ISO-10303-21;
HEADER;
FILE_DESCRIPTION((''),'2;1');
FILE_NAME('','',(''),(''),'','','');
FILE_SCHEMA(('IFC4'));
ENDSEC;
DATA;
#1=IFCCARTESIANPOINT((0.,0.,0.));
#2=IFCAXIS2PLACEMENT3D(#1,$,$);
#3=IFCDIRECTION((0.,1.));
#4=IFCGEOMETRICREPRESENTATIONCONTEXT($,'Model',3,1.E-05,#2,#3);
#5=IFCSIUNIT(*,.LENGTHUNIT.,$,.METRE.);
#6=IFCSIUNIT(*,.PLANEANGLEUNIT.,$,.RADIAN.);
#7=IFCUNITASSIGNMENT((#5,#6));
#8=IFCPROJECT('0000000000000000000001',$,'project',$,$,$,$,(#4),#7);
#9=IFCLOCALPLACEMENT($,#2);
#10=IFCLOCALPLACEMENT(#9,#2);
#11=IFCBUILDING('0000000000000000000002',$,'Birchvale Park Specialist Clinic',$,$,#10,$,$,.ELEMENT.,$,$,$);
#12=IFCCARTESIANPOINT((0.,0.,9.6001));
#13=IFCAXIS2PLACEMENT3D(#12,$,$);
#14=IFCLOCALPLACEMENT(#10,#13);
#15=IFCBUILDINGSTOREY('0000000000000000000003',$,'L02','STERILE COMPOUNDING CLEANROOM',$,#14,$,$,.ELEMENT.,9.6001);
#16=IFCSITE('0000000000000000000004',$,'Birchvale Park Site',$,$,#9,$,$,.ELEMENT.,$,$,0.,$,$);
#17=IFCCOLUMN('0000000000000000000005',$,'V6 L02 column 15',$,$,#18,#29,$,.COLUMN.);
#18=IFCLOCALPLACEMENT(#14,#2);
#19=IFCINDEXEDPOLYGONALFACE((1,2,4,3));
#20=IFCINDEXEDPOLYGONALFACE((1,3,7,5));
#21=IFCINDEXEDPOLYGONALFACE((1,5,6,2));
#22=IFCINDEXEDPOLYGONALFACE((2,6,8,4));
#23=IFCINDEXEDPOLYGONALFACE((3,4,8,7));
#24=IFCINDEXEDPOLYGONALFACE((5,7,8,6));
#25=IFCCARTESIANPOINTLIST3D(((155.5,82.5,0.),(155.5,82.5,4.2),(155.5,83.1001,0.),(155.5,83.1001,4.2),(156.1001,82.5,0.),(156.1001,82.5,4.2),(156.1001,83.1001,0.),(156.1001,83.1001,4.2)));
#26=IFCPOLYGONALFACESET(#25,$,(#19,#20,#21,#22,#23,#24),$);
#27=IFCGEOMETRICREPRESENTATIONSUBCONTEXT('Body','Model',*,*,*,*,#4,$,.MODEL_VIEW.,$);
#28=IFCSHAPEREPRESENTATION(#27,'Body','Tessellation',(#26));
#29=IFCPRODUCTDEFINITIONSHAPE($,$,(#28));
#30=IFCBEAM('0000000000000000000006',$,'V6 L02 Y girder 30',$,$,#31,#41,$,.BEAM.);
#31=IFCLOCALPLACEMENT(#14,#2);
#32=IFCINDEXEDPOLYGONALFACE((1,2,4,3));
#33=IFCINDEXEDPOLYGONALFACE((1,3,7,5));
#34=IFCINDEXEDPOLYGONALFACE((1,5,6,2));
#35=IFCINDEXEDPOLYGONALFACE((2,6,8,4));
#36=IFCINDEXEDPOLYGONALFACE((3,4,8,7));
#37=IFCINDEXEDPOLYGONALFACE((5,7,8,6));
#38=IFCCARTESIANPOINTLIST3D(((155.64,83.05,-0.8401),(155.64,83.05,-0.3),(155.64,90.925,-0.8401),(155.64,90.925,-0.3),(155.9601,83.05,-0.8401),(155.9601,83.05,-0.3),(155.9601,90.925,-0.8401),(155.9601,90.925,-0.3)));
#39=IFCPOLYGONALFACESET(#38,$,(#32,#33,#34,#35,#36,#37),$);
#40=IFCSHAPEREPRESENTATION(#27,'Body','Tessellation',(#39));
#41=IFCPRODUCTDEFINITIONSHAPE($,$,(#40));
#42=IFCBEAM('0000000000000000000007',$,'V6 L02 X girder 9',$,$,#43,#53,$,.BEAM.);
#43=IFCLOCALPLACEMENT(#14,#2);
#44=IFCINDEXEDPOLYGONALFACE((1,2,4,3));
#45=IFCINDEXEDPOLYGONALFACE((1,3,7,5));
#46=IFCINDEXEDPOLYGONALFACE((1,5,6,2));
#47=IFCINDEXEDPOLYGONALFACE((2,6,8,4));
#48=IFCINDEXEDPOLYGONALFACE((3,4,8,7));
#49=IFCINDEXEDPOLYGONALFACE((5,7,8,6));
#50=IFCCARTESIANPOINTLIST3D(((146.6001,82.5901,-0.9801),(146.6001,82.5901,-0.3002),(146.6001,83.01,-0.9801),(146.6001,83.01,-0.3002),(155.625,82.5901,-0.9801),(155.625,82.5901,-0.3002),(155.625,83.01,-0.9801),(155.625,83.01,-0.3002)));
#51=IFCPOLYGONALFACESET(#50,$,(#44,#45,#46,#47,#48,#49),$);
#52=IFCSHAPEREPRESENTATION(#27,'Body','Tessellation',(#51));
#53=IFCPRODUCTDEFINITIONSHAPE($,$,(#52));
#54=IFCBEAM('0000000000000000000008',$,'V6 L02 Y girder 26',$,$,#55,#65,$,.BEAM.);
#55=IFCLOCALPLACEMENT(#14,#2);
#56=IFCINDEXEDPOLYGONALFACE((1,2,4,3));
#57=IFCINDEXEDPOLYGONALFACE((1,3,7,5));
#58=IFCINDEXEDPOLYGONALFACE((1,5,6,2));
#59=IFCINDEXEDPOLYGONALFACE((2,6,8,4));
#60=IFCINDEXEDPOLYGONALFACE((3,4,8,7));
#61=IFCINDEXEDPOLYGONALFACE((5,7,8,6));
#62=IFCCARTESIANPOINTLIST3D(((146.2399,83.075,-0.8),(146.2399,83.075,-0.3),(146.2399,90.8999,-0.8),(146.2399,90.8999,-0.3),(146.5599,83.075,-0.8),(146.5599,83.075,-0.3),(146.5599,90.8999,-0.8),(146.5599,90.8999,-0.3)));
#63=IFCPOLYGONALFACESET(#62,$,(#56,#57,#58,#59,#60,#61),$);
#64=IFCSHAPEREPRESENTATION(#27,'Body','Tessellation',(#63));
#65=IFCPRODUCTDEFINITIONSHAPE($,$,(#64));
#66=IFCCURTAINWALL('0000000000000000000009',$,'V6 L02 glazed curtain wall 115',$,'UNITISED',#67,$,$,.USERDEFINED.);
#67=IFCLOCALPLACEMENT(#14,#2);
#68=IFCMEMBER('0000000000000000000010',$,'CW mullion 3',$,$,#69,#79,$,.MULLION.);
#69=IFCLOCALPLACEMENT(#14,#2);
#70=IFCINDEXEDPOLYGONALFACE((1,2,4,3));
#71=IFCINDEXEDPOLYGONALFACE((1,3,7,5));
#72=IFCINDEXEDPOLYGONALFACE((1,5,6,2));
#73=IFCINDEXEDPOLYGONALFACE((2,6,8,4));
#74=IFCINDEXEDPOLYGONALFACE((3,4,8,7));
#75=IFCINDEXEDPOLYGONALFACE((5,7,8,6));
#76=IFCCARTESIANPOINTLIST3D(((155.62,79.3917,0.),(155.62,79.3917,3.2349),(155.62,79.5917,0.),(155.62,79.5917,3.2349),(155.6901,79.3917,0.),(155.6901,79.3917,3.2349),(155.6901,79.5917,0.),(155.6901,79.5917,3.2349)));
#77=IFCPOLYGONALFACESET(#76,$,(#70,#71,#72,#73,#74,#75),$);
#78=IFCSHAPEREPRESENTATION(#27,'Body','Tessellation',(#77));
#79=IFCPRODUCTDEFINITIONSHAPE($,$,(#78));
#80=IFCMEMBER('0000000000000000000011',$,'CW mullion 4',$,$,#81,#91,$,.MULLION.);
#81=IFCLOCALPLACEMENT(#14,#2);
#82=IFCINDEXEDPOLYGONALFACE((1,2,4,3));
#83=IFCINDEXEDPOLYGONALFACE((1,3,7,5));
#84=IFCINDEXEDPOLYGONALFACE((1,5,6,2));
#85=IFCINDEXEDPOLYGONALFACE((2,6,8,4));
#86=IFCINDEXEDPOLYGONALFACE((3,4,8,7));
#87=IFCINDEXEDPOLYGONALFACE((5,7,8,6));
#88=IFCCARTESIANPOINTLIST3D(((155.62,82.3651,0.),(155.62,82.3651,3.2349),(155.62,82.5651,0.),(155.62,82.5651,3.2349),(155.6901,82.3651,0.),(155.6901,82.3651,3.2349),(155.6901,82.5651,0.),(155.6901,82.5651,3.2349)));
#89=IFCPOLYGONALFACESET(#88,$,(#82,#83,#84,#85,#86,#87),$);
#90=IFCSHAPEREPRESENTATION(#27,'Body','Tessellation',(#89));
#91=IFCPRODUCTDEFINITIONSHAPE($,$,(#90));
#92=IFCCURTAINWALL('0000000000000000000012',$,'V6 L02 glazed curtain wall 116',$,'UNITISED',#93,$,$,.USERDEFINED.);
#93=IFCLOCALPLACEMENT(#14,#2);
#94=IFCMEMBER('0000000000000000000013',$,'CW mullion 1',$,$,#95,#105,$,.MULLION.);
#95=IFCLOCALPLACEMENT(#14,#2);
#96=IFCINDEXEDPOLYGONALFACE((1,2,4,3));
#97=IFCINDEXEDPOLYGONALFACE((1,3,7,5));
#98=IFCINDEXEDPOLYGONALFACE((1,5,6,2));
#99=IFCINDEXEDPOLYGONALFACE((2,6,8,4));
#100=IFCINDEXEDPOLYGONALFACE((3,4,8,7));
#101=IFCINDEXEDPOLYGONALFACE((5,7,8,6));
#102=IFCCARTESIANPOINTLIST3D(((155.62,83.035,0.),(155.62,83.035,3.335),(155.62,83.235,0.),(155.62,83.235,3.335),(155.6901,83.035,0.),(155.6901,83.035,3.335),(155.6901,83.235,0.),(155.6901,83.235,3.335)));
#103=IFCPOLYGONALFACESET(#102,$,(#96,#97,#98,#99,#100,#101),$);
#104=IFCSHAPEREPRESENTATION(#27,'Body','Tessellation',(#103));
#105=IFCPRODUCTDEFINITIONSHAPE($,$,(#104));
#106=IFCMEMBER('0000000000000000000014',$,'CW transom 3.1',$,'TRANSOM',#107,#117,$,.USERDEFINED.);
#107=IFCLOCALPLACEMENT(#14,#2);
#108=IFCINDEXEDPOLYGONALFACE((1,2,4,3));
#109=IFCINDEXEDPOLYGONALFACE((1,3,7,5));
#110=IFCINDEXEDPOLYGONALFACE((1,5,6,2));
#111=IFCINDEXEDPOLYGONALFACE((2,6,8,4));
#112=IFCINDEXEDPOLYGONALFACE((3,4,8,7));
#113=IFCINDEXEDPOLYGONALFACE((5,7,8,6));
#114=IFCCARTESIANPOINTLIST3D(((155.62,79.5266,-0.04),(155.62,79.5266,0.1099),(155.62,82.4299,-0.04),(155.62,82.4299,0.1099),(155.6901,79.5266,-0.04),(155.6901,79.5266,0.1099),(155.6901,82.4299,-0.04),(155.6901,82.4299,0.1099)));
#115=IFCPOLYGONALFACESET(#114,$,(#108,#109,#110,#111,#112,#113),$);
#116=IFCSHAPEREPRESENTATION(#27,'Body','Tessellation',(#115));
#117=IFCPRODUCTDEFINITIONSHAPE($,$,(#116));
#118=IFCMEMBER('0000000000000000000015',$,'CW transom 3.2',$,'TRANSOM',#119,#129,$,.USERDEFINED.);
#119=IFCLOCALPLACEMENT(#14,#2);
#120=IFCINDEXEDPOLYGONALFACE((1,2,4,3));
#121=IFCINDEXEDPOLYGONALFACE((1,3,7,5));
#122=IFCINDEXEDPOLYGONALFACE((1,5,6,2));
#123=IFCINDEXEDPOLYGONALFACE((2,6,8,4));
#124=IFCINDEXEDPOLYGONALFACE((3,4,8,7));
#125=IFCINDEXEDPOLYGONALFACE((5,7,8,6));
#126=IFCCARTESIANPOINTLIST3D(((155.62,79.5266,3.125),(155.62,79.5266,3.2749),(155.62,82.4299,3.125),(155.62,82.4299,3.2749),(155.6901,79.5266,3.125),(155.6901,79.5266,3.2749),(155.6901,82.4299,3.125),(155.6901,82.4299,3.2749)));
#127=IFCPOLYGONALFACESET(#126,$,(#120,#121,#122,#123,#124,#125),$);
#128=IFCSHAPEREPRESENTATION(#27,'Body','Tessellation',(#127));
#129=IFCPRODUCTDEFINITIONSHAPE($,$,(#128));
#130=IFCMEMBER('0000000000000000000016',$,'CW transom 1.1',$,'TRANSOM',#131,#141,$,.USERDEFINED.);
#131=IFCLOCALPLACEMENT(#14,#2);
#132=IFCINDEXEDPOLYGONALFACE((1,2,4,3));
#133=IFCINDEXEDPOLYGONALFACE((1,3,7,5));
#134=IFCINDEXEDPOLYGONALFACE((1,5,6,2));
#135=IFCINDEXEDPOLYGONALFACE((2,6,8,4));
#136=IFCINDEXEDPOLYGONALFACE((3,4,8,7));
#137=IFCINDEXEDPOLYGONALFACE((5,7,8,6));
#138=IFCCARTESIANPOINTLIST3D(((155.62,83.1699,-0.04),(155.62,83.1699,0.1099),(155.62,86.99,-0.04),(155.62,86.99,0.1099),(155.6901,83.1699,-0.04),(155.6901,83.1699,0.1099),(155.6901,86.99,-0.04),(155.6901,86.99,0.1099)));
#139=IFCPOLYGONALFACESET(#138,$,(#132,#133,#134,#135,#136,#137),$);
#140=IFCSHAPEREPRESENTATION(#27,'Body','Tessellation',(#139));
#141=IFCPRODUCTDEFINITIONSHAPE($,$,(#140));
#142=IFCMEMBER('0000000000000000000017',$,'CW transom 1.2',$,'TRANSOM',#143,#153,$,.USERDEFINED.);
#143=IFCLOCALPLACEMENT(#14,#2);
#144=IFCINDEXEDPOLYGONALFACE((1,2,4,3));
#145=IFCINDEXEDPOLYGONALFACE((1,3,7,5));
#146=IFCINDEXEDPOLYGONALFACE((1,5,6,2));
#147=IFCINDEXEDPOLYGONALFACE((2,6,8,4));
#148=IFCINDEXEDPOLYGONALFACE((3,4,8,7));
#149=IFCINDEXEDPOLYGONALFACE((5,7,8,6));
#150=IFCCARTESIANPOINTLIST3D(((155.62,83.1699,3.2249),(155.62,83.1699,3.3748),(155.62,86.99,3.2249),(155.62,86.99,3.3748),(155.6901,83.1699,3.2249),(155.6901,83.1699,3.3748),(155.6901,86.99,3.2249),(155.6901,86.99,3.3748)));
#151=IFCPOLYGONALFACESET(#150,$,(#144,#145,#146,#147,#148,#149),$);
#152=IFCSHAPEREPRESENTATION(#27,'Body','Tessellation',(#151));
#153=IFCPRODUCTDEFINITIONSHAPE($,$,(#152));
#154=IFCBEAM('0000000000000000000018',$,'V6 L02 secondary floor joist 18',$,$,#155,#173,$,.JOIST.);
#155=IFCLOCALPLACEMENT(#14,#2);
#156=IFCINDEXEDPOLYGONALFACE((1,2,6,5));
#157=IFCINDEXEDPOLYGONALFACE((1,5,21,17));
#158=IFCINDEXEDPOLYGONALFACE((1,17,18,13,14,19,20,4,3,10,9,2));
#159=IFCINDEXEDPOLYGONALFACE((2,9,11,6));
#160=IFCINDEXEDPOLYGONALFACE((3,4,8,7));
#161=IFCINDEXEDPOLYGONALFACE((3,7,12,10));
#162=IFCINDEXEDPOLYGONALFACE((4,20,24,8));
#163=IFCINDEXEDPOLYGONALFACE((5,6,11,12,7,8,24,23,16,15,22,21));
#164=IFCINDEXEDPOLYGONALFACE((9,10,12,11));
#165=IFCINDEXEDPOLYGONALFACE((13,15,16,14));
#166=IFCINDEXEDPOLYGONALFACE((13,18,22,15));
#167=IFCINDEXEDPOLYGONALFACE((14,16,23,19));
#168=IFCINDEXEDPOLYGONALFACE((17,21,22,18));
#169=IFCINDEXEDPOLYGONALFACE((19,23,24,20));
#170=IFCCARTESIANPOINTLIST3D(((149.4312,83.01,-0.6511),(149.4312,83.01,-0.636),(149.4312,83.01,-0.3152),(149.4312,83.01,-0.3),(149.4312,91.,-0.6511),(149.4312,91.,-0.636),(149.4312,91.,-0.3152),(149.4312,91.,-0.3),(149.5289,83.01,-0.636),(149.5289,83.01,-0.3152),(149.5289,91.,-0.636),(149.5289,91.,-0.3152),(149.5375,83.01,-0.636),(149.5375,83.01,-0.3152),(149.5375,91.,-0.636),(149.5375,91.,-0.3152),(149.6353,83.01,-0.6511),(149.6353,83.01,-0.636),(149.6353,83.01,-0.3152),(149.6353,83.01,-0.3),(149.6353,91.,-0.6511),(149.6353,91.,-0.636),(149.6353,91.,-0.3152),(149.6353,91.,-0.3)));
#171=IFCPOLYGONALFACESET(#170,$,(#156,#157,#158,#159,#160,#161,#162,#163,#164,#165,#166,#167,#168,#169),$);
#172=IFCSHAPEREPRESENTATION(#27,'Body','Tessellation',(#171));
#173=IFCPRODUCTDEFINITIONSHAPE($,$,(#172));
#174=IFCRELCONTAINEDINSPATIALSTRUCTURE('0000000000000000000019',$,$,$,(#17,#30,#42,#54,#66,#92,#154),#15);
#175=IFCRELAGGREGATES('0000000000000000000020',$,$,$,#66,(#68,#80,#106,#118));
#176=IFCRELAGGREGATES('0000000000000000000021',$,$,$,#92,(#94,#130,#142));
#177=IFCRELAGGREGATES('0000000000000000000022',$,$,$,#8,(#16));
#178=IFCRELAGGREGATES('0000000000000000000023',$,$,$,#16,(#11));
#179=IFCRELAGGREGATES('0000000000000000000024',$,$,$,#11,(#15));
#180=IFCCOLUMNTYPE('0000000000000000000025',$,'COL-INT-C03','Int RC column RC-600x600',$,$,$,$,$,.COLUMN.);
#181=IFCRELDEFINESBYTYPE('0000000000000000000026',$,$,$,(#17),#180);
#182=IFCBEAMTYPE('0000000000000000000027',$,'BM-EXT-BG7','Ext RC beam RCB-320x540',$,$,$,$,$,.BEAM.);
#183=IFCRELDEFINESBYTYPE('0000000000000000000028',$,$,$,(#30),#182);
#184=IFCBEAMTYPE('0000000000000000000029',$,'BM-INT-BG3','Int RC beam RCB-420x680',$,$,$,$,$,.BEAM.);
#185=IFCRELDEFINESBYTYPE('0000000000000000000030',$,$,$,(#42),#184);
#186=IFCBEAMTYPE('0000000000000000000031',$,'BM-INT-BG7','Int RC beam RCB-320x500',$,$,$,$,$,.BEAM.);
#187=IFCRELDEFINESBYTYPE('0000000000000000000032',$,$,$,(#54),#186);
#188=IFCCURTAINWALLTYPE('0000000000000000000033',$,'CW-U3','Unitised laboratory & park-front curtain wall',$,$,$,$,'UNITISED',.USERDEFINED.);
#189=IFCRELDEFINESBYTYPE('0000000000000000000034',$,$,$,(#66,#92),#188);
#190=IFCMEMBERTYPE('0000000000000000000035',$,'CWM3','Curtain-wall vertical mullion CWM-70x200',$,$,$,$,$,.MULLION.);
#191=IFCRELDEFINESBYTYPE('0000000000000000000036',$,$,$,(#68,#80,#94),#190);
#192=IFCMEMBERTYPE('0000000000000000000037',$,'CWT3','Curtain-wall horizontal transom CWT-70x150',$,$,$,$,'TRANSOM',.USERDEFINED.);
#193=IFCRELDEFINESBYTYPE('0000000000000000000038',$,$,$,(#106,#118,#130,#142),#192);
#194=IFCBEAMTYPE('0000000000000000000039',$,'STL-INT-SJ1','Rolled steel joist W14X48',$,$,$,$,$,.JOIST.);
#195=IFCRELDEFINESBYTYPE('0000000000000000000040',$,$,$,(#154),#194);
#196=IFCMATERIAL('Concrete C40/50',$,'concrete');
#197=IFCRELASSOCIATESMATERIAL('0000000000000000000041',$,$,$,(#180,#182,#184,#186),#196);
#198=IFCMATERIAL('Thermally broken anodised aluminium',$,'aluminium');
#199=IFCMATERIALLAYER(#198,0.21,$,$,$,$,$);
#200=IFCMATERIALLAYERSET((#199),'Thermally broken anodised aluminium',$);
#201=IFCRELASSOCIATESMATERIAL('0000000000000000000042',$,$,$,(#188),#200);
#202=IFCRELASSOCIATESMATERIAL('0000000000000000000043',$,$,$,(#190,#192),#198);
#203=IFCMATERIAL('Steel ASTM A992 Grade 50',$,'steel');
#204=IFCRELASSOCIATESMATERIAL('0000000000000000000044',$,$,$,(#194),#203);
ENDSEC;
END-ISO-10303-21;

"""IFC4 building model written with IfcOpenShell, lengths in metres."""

from ifc_helpers import new_model, si_unit, direction, frame, origin, origin_2d, place, context, subcontext, project, spatial, rectangle, i_section, extrude, material, layer, layer_set, material_profile, profile_set, type_object, element, aggregate, save


model = new_model("IFC4")

# Units and contexts
model_context = context("Model", 3, precision=1e-05, world=origin(), true_north=direction((0.0, 1.0)))
body_context = subcontext(model_context, "Body", "Model", "MODEL_VIEW")
ifc_project = project(units=[si_unit("LENGTHUNIT", "METRE"), si_unit("PLANEANGLEUNIT", "RADIAN")], contexts=[model_context])

# Site, building, storey
site_placement = place(None, origin())
site = spatial("IfcSite", under=ifc_project, at=site_placement, Name="Birchvale Park Site", CompositionType="ELEMENT", RefElevation=0.0)
building_placement = place(site_placement, origin())
building = spatial("IfcBuilding", under=site, at=building_placement, Name="Birchvale Park Specialist Clinic", CompositionType="ELEMENT")
storey_placement = place(building_placement, frame((0.0, 0.0, 9.6001)))
storey = spatial("IfcBuildingStorey", under=building, at=storey_placement, Name="L02", Description="STERILE COMPOUNDING CLEANROOM", CompositionType="ELEMENT", Elevation=9.6001)

# Column
ifc_material_1 = material(Name="Concrete C40/50", Category="concrete")
ifc_material_profile_1 = material_profile(ifc_material_1, rectangle(XDim=0.6001, YDim=0.6001, at=origin_2d()), Name="RC-600x600")
ifc_profile_set_1 = profile_set([ifc_material_profile_1], Name="Concrete C40/50")
column_type = type_object("IfcColumnType", Name="COL-INT-C03", Description="Int RC column RC-600x600", PredefinedType="COLUMN", material=ifc_profile_set_1)
column_placement = place(storey_placement, frame((155.8, 82.8, 0.0), z_axis=(0.0, 0.0, 1.0), x_axis=(1.0, 0.0, 0.0)))
element("IfcColumn", 1, at=column_placement, inside=storey, type_object=column_type, Name="V6 L02 column 15", PredefinedType="COLUMN", context=body_context, shape_type="SweptSolid", body=[
    extrude(rectangle(XDim=0.6001, YDim=0.6001, at=origin_2d()), origin(), (0.0, 0.0, 1.0), 4.2),
])

# Beams
ifc_material_profile_2 = material_profile(ifc_material_1, rectangle(XDim=0.3201, YDim=0.54, at=origin_2d()), Name="RCB-320x540")
ifc_profile_set_2 = profile_set([ifc_material_profile_2], Name="Concrete C40/50")
beam_type_1 = type_object("IfcBeamType", Name="BM-EXT-BG7", Description="Ext RC beam RCB-320x540", PredefinedType="BEAM", material=ifc_profile_set_2)
beam_1_placement = place(storey_placement, frame((155.8, 83.05, -0.5701), z_axis=(0.0, 1.0, 0.0), x_axis=(-1.0, 0.0, 0.0)))
element("IfcBeam", 2, at=beam_1_placement, inside=storey, type_object=beam_type_1, Name="V6 L02 Y girder 30", PredefinedType="BEAM", context=body_context, shape_type="SweptSolid", body=[
    extrude(rectangle(XDim=0.3201, YDim=0.54, at=origin_2d()), origin(), (0.0, 0.0, 1.0), 7.875),
])
ifc_material_profile_3 = material_profile(ifc_material_1, rectangle(XDim=0.4199, YDim=0.6799, at=origin_2d()), Name="RCB-420x680")
ifc_profile_set_3 = profile_set([ifc_material_profile_3], Name="Concrete C40/50")
beam_type_2 = type_object("IfcBeamType", Name="BM-INT-BG3", Description="Int RC beam RCB-420x680", PredefinedType="BEAM", material=ifc_profile_set_3)
beam_2_placement = place(storey_placement, frame((146.6001, 82.8, -0.6401), z_axis=(1.0, 0.0, 0.0), x_axis=(0.0, 1.0, 0.0)))
element("IfcBeam", 3, at=beam_2_placement, inside=storey, type_object=beam_type_2, Name="V6 L02 X girder 9", PredefinedType="BEAM", context=body_context, shape_type="SweptSolid", body=[
    extrude(rectangle(XDim=0.4199, YDim=0.6799, at=origin_2d()), origin(), (0.0, 0.0, 1.0), 9.0249),
])
ifc_material_profile_4 = material_profile(ifc_material_1, rectangle(XDim=0.3201, YDim=0.5, at=origin_2d()), Name="RCB-320x500")
ifc_profile_set_4 = profile_set([ifc_material_profile_4], Name="Concrete C40/50")
beam_type_3 = type_object("IfcBeamType", Name="BM-INT-BG7", Description="Int RC beam RCB-320x500", PredefinedType="BEAM", material=ifc_profile_set_4)
beam_3_placement = place(storey_placement, frame((146.3999, 83.075, -0.55), z_axis=(0.0, 1.0, 0.0), x_axis=(-1.0, 0.0, 0.0)))
element("IfcBeam", 4, at=beam_3_placement, inside=storey, type_object=beam_type_3, Name="V6 L02 Y girder 26", PredefinedType="BEAM", context=body_context, shape_type="SweptSolid", body=[
    extrude(rectangle(XDim=0.3201, YDim=0.5, at=origin_2d()), origin(), (0.0, 0.0, 1.0), 7.825),
])

# Curtain wall, members
ifc_material_2 = material(Name="Thermally broken anodised aluminium", Category="aluminium")
ifc_layer_1 = layer(ifc_material_2, 0.21)
ifc_layer_set_1 = layer_set([ifc_layer_1], Name="Thermally broken anodised aluminium")
curtain_wall_type = type_object("IfcCurtainWallType", Name="CW-U3", Description="Unitised laboratory & park-front curtain wall", ElementType="UNITISED", PredefinedType="USERDEFINED", material=ifc_layer_set_1)
curtain_wall_1_placement = place(storey_placement, origin())
curtain_wall_1 = element("IfcCurtainWall", 5, at=curtain_wall_1_placement, inside=storey, type_object=curtain_wall_type, Name="V6 L02 glazed curtain wall 115", ObjectType="UNITISED", PredefinedType="USERDEFINED")
ifc_material_profile_5 = material_profile(ifc_material_2, rectangle(XDim=0.0701, YDim=0.2, at=origin_2d()), Name="CWM-70x200")
ifc_profile_set_5 = profile_set([ifc_material_profile_5], Name="Thermally broken anodised aluminium")
member_type_1 = type_object("IfcMemberType", Name="CWM3", Description="Curtain-wall vertical mullion CWM-70x200", PredefinedType="MULLION", material=ifc_profile_set_5)
member_1_placement = place(storey_placement, frame((155.655, 79.4917, 0.0), z_axis=(0.0, 0.0, 1.0), x_axis=(-1.0, 0.0, 0.0)))
member_1 = element("IfcMember", 6, at=member_1_placement, type_object=member_type_1, Name="CW mullion 3", PredefinedType="MULLION", context=body_context, shape_type="SweptSolid", body=[
    extrude(rectangle(XDim=0.0701, YDim=0.2, at=origin_2d()), origin(), (0.0, 0.0, 1.0), 3.2349),
])
member_2_placement = place(storey_placement, frame((155.655, 82.4651, 0.0), z_axis=(0.0, 0.0, 1.0), x_axis=(-1.0, 0.0, 0.0)))
member_2 = element("IfcMember", 7, at=member_2_placement, type_object=member_type_1, Name="CW mullion 4", PredefinedType="MULLION", context=body_context, shape_type="SweptSolid", body=[
    extrude(rectangle(XDim=0.0701, YDim=0.2, at=origin_2d()), origin(), (0.0, 0.0, 1.0), 3.2349),
])

# Curtain wall, member
curtain_wall_2_placement = place(storey_placement, origin())
curtain_wall_2 = element("IfcCurtainWall", 8, at=curtain_wall_2_placement, inside=storey, type_object=curtain_wall_type, Name="V6 L02 glazed curtain wall 116", ObjectType="UNITISED", PredefinedType="USERDEFINED")
member_3_placement = place(storey_placement, frame((155.655, 83.135, 0.0), z_axis=(0.0, 0.0, 1.0), x_axis=(-1.0, 0.0, 0.0)))
member_3 = element("IfcMember", 9, at=member_3_placement, type_object=member_type_1, Name="CW mullion 1", PredefinedType="MULLION", context=body_context, shape_type="SweptSolid", body=[
    extrude(rectangle(XDim=0.0701, YDim=0.2, at=origin_2d()), origin(), (0.0, 0.0, 1.0), 3.335),
])

# Members
ifc_material_profile_6 = material_profile(ifc_material_2, rectangle(XDim=0.0701, YDim=0.1499, at=origin_2d()), Name="CWT-70x150")
ifc_profile_set_6 = profile_set([ifc_material_profile_6], Name="Thermally broken anodised aluminium")
member_type_2 = type_object("IfcMemberType", Name="CWT3", Description="Curtain-wall horizontal transom CWT-70x150", ElementType="TRANSOM", PredefinedType="USERDEFINED", material=ifc_profile_set_6)
member_4_placement = place(storey_placement, frame((155.655, 79.5266, 0.0349), z_axis=(0.0, 1.0, 0.0), x_axis=(-1.0, 0.0, 0.0)))
member_4 = element("IfcMember", 10, at=member_4_placement, type_object=member_type_2, Name="CW transom 3.1", ObjectType="TRANSOM", PredefinedType="USERDEFINED", context=body_context, shape_type="SweptSolid", body=[
    extrude(rectangle(XDim=0.0701, YDim=0.1499, at=origin_2d()), origin(), (0.0, 0.0, 1.0), 2.9033),
])
member_5_placement = place(storey_placement, frame((155.655, 79.5266, 3.2), z_axis=(0.0, 1.0, 0.0), x_axis=(-1.0, 0.0, 0.0)))
member_5 = element("IfcMember", 11, at=member_5_placement, type_object=member_type_2, Name="CW transom 3.2", ObjectType="TRANSOM", PredefinedType="USERDEFINED", context=body_context, shape_type="SweptSolid", body=[
    extrude(rectangle(XDim=0.0701, YDim=0.1499, at=origin_2d()), origin(), (0.0, 0.0, 1.0), 2.9033),
])
member_6_placement = place(storey_placement, frame((155.655, 83.1699, 0.0349), z_axis=(0.0, 1.0, 0.0), x_axis=(-1.0, 0.0, 0.0)))
member_6 = element("IfcMember", 12, at=member_6_placement, type_object=member_type_2, Name="CW transom 1.1", ObjectType="TRANSOM", PredefinedType="USERDEFINED", context=body_context, shape_type="SweptSolid", body=[
    extrude(rectangle(XDim=0.0701, YDim=0.1499, at=origin_2d()), origin(), (0.0, 0.0, 1.0), 3.8201),
])
member_7_placement = place(storey_placement, frame((155.655, 83.1699, 3.2998), z_axis=(0.0, 1.0, 0.0), x_axis=(-1.0, 0.0, 0.0)))
member_7 = element("IfcMember", 13, at=member_7_placement, type_object=member_type_2, Name="CW transom 1.2", ObjectType="TRANSOM", PredefinedType="USERDEFINED", context=body_context, shape_type="SweptSolid", body=[
    extrude(rectangle(XDim=0.0701, YDim=0.1499, at=origin_2d()), origin(), (0.0, 0.0, 1.0), 3.8201),
])

# Beam
ifc_material_3 = material(Name="Steel ASTM A992 Grade 50", Category="steel")
ifc_material_profile_7 = material_profile(ifc_material_3, i_section(OverallWidth=0.2041, OverallDepth=0.3511, WebThickness=0.0085, FlangeThickness=0.0151, at=origin_2d()), Name="W14X48")
ifc_profile_set_7 = profile_set([ifc_material_profile_7], Name="Steel ASTM A992 Grade 50")
beam_type_4 = type_object("IfcBeamType", Name="STL-INT-SJ1", Description="Rolled steel joist W14X48", PredefinedType="JOIST", material=ifc_profile_set_7)
beam_4_placement = place(storey_placement, frame((149.5332, 83.01, -0.4756), z_axis=(0.0, 1.0, 0.0), x_axis=(-1.0, 0.0, 0.0)))
element("IfcBeam", 14, at=beam_4_placement, inside=storey, type_object=beam_type_4, Name="V6 L02 secondary floor joist 18", PredefinedType="JOIST", context=body_context, shape_type="SweptSolid", body=[
    extrude(i_section(OverallWidth=0.2041, OverallDepth=0.3511, WebThickness=0.0085, FlangeThickness=0.0151, at=origin_2d()), origin(), (0.0, 0.0, 1.0), 7.99),
])

aggregate(curtain_wall_1, [member_1, member_2, member_4, member_5])
aggregate(curtain_wall_2, [member_3, member_6, member_7])

save(model, "model.ifc")
